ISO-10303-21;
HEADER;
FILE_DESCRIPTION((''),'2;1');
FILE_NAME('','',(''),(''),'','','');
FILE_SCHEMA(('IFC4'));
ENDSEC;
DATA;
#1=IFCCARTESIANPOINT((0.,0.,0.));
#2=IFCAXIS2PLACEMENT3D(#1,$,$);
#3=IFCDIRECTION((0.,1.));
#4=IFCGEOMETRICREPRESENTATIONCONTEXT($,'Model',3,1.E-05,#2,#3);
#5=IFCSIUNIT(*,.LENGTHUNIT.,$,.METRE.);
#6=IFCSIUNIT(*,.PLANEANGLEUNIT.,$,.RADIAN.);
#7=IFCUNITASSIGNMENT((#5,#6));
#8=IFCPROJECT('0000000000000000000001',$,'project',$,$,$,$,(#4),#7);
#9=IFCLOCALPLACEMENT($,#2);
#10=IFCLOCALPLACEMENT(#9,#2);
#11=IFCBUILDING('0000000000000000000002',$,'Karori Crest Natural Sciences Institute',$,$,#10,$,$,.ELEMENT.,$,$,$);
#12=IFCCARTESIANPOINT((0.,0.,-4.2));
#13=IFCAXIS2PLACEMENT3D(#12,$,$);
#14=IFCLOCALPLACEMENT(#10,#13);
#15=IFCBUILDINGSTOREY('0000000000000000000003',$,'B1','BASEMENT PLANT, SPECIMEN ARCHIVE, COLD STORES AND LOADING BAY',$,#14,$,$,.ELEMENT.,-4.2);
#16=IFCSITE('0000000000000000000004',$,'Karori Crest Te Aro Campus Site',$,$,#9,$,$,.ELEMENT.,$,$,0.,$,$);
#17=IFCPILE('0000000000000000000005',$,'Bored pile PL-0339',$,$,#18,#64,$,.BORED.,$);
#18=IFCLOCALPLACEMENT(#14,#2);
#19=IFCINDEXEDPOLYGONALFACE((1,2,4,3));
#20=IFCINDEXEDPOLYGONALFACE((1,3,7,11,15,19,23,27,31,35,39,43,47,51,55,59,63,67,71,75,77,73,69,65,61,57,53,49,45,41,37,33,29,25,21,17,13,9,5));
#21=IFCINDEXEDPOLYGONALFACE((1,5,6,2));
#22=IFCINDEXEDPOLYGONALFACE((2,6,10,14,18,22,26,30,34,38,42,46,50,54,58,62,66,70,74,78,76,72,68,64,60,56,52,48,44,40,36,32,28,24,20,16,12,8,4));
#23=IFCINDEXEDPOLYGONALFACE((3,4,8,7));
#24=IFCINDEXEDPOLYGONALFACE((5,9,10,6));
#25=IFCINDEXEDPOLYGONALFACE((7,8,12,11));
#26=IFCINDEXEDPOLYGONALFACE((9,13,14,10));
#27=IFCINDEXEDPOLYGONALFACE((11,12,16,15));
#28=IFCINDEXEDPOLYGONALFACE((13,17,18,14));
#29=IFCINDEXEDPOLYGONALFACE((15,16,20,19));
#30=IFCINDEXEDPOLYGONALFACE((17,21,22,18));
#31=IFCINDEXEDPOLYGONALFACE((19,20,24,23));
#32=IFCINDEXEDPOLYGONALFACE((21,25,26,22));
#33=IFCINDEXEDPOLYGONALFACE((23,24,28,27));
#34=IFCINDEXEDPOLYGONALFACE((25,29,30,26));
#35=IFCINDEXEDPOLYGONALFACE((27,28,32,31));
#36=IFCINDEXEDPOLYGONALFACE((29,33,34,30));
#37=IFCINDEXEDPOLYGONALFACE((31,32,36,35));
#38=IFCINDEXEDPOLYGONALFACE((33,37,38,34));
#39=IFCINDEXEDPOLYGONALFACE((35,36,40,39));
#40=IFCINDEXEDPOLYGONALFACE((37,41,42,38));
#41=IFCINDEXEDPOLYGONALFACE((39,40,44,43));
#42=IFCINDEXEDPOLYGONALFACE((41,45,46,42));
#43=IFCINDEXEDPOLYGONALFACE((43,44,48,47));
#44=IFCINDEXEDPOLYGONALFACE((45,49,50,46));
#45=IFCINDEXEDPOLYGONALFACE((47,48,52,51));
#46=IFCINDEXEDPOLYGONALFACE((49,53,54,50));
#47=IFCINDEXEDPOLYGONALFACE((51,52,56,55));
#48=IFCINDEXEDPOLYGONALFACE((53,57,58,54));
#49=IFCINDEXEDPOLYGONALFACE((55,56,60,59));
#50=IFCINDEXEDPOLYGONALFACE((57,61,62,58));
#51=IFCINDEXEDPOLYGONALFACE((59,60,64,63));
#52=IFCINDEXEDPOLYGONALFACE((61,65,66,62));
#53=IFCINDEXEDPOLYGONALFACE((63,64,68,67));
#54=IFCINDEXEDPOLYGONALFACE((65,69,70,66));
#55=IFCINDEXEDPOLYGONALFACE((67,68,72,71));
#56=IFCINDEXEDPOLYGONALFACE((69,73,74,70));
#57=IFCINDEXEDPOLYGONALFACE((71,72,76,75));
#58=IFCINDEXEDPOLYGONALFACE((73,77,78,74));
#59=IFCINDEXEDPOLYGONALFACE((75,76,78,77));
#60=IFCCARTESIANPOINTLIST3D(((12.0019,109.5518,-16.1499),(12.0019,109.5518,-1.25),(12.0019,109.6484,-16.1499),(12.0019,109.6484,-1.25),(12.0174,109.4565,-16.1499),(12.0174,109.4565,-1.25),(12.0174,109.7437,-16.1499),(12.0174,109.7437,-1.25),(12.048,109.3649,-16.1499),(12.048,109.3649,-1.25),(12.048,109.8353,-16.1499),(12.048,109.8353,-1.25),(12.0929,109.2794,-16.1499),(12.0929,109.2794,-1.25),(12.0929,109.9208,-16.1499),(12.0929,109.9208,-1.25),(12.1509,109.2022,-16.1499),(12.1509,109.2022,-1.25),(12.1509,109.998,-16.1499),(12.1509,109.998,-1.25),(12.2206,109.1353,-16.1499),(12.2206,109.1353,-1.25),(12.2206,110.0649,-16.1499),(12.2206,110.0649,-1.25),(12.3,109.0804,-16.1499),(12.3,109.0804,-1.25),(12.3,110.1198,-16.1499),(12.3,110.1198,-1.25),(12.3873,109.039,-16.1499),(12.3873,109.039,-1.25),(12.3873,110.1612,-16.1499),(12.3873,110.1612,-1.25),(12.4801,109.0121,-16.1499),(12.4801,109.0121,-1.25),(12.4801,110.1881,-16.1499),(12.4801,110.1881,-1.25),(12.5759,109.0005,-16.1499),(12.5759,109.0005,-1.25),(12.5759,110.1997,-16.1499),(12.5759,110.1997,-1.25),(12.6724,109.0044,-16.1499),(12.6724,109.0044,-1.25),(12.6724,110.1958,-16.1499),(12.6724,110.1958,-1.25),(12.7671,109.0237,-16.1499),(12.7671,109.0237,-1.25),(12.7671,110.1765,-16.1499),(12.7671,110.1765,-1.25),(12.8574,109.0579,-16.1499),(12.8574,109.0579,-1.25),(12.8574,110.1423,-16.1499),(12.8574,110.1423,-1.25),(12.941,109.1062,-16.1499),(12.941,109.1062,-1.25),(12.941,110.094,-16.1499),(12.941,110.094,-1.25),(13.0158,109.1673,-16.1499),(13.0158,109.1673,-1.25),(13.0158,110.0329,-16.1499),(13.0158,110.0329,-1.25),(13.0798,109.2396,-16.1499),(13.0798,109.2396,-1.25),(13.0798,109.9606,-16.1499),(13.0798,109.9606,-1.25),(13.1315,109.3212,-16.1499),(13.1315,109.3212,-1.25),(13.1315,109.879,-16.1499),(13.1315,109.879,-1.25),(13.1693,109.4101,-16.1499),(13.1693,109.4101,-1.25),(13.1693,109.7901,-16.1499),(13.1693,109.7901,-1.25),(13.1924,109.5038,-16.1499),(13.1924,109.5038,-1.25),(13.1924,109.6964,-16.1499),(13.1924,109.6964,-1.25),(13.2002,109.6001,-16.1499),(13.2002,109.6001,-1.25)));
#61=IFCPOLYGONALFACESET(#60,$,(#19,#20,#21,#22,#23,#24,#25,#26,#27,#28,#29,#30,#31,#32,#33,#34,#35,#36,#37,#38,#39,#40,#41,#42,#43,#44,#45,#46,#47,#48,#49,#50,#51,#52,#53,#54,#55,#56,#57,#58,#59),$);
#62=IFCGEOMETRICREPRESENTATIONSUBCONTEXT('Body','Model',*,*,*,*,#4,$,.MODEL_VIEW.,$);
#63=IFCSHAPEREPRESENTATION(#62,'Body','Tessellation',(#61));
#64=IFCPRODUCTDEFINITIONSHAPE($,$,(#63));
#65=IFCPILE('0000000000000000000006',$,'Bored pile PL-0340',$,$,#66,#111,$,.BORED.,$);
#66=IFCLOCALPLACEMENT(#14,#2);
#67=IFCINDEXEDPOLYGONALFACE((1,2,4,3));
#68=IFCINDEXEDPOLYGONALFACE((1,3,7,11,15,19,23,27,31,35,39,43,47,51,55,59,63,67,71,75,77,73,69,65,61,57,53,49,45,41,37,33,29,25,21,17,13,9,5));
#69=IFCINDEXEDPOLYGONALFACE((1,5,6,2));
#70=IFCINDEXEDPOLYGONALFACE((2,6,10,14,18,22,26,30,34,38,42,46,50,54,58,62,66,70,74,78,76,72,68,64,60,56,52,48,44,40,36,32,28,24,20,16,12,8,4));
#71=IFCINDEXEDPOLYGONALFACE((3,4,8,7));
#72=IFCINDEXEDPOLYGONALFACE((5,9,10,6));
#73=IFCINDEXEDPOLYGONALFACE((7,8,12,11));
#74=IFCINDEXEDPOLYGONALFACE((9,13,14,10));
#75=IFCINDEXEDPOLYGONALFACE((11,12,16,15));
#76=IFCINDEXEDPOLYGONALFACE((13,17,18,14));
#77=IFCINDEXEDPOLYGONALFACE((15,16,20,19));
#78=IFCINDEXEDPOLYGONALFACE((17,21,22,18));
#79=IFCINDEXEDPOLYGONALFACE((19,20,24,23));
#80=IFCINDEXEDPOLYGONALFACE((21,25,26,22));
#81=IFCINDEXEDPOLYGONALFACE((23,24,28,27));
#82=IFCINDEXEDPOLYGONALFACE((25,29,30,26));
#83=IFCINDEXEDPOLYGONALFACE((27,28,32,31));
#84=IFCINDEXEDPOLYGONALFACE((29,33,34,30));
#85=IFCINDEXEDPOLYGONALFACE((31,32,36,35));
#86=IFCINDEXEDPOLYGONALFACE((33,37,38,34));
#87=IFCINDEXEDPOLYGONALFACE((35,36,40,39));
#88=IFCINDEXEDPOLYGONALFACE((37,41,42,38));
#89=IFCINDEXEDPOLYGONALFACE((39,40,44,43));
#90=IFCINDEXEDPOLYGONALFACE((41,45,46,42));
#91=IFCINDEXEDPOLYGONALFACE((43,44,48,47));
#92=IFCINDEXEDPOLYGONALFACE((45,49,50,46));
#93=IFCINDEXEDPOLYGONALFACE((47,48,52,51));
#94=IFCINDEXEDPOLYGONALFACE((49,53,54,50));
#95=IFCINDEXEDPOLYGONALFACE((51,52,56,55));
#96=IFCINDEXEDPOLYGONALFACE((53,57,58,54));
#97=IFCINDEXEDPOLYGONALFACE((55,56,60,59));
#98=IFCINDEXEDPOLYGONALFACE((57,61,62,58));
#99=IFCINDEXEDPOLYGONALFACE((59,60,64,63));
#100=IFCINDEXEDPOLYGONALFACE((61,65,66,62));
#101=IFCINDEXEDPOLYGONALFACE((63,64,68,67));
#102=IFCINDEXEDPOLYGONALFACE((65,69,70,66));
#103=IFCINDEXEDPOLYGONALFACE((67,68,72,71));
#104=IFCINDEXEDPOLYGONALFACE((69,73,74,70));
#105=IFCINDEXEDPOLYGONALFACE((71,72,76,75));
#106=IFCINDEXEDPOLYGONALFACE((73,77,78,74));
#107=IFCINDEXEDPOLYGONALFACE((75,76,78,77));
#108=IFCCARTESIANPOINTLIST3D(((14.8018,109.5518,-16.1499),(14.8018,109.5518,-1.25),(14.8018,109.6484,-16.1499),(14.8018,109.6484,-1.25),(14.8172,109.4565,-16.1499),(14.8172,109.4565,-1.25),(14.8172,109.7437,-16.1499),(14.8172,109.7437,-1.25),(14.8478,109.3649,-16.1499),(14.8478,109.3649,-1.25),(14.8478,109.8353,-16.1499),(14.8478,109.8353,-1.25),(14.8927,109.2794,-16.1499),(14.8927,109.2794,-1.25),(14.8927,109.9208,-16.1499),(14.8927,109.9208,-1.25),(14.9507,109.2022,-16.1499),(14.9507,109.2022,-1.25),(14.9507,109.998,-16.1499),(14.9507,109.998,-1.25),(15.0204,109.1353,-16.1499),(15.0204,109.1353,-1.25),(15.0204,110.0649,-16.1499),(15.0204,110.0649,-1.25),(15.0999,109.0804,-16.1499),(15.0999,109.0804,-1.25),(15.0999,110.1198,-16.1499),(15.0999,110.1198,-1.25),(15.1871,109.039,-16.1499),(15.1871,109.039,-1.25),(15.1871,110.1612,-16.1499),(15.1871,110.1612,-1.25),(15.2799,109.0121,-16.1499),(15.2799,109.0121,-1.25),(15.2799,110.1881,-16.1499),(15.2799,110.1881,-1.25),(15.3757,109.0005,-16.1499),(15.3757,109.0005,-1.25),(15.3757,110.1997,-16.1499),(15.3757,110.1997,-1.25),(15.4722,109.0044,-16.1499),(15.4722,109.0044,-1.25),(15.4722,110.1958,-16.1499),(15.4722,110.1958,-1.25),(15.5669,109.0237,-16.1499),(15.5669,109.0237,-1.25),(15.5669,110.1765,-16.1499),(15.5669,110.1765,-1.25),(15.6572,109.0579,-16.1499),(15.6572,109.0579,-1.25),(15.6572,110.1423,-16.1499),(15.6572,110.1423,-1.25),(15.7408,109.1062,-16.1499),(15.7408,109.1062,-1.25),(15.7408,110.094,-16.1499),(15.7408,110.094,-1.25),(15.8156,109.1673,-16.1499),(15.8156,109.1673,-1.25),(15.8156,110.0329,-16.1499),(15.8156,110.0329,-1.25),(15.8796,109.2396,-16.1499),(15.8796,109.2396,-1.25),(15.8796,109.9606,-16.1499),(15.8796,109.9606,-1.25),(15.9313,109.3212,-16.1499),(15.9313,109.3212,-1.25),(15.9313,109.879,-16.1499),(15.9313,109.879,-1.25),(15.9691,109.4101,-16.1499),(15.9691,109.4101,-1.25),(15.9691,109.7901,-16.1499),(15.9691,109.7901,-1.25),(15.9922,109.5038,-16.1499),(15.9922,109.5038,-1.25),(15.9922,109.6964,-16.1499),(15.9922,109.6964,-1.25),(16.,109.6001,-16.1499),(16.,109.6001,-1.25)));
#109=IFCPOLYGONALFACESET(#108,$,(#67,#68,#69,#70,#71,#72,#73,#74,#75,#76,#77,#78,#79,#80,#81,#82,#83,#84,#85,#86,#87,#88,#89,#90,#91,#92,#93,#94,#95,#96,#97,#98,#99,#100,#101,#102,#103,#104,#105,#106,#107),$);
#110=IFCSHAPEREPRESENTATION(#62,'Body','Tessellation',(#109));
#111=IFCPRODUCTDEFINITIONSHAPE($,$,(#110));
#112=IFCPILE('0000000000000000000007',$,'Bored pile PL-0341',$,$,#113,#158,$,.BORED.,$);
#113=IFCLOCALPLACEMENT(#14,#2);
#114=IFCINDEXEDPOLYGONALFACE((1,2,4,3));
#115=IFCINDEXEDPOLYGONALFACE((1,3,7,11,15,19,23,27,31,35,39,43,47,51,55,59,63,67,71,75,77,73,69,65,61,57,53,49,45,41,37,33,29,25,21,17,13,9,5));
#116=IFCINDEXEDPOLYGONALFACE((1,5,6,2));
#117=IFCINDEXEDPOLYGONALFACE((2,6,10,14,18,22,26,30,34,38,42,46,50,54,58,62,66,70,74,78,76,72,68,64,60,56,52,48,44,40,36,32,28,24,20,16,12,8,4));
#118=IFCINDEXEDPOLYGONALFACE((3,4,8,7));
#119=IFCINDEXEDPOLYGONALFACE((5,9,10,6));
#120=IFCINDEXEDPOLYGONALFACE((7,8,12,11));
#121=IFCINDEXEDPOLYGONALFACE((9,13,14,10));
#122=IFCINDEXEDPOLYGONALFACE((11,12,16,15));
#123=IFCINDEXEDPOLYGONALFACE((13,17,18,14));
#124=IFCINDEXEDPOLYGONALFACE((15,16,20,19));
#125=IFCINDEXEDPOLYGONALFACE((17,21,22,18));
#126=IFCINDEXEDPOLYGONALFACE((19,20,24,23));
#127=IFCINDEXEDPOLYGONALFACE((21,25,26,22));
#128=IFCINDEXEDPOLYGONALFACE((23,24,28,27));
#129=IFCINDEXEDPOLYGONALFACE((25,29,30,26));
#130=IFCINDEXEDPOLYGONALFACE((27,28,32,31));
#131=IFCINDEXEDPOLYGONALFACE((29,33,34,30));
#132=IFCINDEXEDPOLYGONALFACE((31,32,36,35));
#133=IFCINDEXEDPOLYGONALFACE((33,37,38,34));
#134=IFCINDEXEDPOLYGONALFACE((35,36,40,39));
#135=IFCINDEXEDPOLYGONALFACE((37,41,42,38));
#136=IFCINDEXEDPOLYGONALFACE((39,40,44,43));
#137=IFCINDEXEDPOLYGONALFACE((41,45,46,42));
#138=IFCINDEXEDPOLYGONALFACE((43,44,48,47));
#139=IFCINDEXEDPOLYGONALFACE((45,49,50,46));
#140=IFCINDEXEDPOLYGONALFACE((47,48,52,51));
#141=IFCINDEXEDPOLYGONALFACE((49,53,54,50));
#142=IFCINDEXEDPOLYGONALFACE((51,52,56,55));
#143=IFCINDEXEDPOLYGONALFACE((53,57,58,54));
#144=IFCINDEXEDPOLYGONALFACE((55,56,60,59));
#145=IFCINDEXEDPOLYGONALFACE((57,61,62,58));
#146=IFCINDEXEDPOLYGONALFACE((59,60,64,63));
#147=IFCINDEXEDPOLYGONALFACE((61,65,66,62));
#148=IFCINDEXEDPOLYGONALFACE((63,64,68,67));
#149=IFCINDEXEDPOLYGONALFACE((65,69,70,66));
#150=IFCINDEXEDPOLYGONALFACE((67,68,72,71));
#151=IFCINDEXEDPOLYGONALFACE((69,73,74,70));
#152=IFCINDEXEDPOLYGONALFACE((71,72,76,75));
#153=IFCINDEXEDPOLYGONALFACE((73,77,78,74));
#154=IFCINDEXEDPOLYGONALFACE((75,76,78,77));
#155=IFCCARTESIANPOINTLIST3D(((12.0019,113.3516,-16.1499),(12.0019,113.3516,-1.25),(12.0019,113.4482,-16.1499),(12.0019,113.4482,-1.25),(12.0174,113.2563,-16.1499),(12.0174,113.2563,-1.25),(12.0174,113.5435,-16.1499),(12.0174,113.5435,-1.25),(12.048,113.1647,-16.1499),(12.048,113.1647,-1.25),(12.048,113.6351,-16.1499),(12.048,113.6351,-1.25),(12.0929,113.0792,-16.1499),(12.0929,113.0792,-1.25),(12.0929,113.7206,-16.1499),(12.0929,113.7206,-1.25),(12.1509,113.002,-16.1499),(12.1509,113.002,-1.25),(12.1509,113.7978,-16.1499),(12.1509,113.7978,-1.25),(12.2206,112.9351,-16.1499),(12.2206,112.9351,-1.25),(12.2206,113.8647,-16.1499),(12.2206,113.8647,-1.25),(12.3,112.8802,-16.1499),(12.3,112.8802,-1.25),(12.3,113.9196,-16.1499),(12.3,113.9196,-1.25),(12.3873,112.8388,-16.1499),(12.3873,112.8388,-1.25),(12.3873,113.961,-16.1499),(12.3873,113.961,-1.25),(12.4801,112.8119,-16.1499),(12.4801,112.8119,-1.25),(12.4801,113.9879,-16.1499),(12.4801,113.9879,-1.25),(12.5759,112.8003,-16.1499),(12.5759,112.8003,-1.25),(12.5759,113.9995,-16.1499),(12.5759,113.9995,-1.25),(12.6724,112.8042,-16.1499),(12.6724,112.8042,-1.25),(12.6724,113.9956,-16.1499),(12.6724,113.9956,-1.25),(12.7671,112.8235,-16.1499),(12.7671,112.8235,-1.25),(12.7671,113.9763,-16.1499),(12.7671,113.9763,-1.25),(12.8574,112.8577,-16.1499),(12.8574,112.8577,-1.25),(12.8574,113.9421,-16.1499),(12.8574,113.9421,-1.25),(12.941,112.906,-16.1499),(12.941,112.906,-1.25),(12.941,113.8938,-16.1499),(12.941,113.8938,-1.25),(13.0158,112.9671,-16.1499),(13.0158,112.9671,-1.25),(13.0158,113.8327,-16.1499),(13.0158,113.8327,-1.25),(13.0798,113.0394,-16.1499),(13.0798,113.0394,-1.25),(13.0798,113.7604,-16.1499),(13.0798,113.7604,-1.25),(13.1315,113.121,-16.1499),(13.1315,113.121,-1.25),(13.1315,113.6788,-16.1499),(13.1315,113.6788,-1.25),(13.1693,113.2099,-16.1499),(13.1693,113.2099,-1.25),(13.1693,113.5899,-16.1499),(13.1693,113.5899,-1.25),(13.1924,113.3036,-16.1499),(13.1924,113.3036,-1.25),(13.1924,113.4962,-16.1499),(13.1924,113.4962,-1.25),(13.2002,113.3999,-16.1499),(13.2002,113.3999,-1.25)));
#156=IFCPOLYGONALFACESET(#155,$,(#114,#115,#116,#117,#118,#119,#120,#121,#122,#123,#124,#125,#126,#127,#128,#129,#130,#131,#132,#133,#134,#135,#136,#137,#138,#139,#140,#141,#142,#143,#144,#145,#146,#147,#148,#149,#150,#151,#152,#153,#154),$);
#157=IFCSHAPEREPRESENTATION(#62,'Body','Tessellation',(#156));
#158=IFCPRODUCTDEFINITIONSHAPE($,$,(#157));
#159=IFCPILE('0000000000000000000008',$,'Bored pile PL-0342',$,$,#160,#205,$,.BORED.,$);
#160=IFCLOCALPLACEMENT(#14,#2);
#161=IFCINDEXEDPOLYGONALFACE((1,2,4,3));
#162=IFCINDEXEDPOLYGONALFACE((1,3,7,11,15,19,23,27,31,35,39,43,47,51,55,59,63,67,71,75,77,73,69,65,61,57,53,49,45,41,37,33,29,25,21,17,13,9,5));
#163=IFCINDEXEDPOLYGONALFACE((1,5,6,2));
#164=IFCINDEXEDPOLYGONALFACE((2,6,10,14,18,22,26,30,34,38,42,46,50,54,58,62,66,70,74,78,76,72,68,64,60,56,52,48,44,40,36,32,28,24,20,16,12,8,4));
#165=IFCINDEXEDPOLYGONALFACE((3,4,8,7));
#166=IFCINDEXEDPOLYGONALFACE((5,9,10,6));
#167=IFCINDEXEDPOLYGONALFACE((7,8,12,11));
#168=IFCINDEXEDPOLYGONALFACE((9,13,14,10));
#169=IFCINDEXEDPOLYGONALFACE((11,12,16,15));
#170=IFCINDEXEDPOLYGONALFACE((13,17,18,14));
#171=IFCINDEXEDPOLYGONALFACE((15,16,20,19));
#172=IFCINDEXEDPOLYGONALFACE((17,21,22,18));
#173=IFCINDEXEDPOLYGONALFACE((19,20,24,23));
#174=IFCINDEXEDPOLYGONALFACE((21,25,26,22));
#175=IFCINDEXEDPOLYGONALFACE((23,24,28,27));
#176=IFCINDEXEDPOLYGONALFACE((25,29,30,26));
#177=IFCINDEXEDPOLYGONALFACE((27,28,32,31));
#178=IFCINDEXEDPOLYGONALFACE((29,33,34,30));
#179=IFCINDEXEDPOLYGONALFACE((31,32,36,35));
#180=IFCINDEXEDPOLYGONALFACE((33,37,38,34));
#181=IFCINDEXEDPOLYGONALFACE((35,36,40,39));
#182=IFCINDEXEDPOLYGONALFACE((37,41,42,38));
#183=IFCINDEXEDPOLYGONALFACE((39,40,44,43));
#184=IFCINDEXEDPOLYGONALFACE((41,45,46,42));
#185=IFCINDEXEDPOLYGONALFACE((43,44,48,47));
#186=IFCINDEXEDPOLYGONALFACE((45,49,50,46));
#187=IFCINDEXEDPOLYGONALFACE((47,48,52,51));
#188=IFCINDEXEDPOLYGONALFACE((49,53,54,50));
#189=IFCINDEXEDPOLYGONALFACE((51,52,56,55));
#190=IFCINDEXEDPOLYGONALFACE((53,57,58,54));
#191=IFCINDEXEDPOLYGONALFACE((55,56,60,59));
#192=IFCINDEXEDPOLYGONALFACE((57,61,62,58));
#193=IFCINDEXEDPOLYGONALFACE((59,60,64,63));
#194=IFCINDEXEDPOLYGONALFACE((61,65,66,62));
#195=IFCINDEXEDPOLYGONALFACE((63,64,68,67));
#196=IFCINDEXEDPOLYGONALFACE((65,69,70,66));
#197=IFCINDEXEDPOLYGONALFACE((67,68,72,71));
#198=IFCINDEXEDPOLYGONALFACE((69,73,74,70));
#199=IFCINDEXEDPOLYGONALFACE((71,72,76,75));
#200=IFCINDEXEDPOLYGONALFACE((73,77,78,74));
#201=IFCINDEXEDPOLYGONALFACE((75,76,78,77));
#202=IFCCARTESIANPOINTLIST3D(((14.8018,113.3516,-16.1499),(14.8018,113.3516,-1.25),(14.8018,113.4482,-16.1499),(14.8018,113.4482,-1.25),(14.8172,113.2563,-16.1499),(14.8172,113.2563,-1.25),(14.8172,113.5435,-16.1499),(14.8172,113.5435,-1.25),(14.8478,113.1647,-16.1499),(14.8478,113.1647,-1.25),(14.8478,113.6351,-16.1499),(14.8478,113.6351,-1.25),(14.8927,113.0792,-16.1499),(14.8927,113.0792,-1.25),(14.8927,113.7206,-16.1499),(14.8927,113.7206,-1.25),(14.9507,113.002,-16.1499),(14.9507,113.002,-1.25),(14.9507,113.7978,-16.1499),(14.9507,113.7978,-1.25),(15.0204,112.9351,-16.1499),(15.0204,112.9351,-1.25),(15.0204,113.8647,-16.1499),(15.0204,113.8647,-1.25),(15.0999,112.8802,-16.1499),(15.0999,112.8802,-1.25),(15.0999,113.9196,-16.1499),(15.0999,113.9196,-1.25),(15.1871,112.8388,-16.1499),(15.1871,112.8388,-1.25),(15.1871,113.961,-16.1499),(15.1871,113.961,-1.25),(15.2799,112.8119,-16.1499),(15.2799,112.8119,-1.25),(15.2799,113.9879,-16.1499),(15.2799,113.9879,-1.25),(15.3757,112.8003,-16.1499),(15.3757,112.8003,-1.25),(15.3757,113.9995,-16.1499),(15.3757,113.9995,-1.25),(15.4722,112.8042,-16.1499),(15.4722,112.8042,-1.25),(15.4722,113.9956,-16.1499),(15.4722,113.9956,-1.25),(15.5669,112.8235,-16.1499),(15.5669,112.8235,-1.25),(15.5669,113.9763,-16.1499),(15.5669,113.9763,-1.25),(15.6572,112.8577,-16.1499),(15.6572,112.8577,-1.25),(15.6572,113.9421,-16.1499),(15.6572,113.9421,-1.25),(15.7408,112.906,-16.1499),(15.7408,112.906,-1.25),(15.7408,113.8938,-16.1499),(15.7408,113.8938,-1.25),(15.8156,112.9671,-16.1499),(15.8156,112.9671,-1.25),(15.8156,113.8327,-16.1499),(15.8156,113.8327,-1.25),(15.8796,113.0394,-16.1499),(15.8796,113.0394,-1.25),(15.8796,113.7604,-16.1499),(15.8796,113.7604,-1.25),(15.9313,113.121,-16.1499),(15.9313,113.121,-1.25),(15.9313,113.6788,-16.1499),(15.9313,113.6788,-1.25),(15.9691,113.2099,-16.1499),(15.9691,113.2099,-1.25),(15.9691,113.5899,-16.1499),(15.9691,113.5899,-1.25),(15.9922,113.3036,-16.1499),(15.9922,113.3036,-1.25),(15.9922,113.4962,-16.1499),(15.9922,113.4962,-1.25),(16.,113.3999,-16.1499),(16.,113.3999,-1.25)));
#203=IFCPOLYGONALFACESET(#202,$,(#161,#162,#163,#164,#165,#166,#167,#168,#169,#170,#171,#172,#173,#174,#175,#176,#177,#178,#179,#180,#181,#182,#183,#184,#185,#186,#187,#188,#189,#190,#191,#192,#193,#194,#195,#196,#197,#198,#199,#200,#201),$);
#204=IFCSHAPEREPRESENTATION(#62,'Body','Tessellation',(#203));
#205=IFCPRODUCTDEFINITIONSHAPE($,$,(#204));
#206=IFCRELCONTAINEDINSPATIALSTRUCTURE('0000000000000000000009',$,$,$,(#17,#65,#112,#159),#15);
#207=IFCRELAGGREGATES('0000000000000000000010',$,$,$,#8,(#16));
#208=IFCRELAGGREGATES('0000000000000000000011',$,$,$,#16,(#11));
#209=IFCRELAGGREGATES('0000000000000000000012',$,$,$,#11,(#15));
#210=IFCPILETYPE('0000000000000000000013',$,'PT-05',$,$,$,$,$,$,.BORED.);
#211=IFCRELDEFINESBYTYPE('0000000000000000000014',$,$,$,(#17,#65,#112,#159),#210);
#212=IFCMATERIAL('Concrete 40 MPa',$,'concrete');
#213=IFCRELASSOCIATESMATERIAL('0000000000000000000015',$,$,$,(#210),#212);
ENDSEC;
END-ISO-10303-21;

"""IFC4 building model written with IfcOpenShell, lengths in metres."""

from ifc_helpers import new_model, si_unit, direction, frame, origin, origin_2d, place, context, subcontext, project, spatial, circle, extrude, material, material_profile, profile_set, type_object, element, save


model = new_model("IFC4")

# Units and contexts
model_context = context("Model", 3, precision=1e-05, world=origin(), true_north=direction((0.0, 1.0)))
body_context = subcontext(model_context, "Body", "Model", "MODEL_VIEW")
ifc_project = project(units=[si_unit("LENGTHUNIT", "METRE"), si_unit("PLANEANGLEUNIT", "RADIAN")], contexts=[model_context])

# Site, building, storey
site_placement = place(None, origin())
site = spatial("IfcSite", under=ifc_project, at=site_placement, Name="Karori Crest Te Aro Campus Site", CompositionType="ELEMENT", RefElevation=0.0)
building_placement = place(site_placement, origin())
building = spatial("IfcBuilding", under=site, at=building_placement, Name="Karori Crest Natural Sciences Institute", CompositionType="ELEMENT")
storey_placement = place(building_placement, frame((0.0, 0.0, -4.2)))
storey = spatial("IfcBuildingStorey", under=building, at=storey_placement, Name="B1", Description="BASEMENT PLANT, SPECIMEN ARCHIVE, COLD STORES AND LOADING BAY", CompositionType="ELEMENT", Elevation=-4.2)

# Shared definitions
ifc_material_1 = material(Name="Concrete 40 MPa", Category="concrete")

# Piles
ifc_material_profile_1 = material_profile(ifc_material_1, circle(Radius=0.6001, at=origin_2d()), Name="PILE1200")
ifc_profile_set_1 = profile_set([ifc_material_profile_1], Name="Concrete 40 MPa")
pile_type = type_object("IfcPileType", Name="PT-05", PredefinedType="BORED", material=ifc_profile_set_1)
for number, where, z_axis, x_axis, name in (
    (1, (12.6001, 109.6001, -1.25), (0.0, 0.0, -1.0), (1.0, 0.0, 0.0), "Bored pile PL-0339"),
    (2, (15.3999, 109.6001, -1.25), (0.0, 0.0, -1.0), (1.0, 0.0, 0.0), "Bored pile PL-0340"),
    (3, (12.6001, 113.3999, -1.25), (0.0, 0.0, -1.0), (1.0, 0.0, 0.0), "Bored pile PL-0341"),
    (4, (15.3999, 113.3999, -1.25), (0.0, 0.0, -1.0), (1.0, 0.0, 0.0), "Bored pile PL-0342"),
):
    element("IfcPile", number, at=place(storey_placement, frame(where, z_axis=z_axis, x_axis=x_axis)), inside=storey, type_object=pile_type, Name=name, PredefinedType="BORED", context=body_context, shape_type="SweptSolid", body=[
        extrude(circle(Radius=0.6001, at=origin_2d()), origin(), (0.0, 0.0, 1.0), 14.8999),
    ])

save(model, "model.ifc")
